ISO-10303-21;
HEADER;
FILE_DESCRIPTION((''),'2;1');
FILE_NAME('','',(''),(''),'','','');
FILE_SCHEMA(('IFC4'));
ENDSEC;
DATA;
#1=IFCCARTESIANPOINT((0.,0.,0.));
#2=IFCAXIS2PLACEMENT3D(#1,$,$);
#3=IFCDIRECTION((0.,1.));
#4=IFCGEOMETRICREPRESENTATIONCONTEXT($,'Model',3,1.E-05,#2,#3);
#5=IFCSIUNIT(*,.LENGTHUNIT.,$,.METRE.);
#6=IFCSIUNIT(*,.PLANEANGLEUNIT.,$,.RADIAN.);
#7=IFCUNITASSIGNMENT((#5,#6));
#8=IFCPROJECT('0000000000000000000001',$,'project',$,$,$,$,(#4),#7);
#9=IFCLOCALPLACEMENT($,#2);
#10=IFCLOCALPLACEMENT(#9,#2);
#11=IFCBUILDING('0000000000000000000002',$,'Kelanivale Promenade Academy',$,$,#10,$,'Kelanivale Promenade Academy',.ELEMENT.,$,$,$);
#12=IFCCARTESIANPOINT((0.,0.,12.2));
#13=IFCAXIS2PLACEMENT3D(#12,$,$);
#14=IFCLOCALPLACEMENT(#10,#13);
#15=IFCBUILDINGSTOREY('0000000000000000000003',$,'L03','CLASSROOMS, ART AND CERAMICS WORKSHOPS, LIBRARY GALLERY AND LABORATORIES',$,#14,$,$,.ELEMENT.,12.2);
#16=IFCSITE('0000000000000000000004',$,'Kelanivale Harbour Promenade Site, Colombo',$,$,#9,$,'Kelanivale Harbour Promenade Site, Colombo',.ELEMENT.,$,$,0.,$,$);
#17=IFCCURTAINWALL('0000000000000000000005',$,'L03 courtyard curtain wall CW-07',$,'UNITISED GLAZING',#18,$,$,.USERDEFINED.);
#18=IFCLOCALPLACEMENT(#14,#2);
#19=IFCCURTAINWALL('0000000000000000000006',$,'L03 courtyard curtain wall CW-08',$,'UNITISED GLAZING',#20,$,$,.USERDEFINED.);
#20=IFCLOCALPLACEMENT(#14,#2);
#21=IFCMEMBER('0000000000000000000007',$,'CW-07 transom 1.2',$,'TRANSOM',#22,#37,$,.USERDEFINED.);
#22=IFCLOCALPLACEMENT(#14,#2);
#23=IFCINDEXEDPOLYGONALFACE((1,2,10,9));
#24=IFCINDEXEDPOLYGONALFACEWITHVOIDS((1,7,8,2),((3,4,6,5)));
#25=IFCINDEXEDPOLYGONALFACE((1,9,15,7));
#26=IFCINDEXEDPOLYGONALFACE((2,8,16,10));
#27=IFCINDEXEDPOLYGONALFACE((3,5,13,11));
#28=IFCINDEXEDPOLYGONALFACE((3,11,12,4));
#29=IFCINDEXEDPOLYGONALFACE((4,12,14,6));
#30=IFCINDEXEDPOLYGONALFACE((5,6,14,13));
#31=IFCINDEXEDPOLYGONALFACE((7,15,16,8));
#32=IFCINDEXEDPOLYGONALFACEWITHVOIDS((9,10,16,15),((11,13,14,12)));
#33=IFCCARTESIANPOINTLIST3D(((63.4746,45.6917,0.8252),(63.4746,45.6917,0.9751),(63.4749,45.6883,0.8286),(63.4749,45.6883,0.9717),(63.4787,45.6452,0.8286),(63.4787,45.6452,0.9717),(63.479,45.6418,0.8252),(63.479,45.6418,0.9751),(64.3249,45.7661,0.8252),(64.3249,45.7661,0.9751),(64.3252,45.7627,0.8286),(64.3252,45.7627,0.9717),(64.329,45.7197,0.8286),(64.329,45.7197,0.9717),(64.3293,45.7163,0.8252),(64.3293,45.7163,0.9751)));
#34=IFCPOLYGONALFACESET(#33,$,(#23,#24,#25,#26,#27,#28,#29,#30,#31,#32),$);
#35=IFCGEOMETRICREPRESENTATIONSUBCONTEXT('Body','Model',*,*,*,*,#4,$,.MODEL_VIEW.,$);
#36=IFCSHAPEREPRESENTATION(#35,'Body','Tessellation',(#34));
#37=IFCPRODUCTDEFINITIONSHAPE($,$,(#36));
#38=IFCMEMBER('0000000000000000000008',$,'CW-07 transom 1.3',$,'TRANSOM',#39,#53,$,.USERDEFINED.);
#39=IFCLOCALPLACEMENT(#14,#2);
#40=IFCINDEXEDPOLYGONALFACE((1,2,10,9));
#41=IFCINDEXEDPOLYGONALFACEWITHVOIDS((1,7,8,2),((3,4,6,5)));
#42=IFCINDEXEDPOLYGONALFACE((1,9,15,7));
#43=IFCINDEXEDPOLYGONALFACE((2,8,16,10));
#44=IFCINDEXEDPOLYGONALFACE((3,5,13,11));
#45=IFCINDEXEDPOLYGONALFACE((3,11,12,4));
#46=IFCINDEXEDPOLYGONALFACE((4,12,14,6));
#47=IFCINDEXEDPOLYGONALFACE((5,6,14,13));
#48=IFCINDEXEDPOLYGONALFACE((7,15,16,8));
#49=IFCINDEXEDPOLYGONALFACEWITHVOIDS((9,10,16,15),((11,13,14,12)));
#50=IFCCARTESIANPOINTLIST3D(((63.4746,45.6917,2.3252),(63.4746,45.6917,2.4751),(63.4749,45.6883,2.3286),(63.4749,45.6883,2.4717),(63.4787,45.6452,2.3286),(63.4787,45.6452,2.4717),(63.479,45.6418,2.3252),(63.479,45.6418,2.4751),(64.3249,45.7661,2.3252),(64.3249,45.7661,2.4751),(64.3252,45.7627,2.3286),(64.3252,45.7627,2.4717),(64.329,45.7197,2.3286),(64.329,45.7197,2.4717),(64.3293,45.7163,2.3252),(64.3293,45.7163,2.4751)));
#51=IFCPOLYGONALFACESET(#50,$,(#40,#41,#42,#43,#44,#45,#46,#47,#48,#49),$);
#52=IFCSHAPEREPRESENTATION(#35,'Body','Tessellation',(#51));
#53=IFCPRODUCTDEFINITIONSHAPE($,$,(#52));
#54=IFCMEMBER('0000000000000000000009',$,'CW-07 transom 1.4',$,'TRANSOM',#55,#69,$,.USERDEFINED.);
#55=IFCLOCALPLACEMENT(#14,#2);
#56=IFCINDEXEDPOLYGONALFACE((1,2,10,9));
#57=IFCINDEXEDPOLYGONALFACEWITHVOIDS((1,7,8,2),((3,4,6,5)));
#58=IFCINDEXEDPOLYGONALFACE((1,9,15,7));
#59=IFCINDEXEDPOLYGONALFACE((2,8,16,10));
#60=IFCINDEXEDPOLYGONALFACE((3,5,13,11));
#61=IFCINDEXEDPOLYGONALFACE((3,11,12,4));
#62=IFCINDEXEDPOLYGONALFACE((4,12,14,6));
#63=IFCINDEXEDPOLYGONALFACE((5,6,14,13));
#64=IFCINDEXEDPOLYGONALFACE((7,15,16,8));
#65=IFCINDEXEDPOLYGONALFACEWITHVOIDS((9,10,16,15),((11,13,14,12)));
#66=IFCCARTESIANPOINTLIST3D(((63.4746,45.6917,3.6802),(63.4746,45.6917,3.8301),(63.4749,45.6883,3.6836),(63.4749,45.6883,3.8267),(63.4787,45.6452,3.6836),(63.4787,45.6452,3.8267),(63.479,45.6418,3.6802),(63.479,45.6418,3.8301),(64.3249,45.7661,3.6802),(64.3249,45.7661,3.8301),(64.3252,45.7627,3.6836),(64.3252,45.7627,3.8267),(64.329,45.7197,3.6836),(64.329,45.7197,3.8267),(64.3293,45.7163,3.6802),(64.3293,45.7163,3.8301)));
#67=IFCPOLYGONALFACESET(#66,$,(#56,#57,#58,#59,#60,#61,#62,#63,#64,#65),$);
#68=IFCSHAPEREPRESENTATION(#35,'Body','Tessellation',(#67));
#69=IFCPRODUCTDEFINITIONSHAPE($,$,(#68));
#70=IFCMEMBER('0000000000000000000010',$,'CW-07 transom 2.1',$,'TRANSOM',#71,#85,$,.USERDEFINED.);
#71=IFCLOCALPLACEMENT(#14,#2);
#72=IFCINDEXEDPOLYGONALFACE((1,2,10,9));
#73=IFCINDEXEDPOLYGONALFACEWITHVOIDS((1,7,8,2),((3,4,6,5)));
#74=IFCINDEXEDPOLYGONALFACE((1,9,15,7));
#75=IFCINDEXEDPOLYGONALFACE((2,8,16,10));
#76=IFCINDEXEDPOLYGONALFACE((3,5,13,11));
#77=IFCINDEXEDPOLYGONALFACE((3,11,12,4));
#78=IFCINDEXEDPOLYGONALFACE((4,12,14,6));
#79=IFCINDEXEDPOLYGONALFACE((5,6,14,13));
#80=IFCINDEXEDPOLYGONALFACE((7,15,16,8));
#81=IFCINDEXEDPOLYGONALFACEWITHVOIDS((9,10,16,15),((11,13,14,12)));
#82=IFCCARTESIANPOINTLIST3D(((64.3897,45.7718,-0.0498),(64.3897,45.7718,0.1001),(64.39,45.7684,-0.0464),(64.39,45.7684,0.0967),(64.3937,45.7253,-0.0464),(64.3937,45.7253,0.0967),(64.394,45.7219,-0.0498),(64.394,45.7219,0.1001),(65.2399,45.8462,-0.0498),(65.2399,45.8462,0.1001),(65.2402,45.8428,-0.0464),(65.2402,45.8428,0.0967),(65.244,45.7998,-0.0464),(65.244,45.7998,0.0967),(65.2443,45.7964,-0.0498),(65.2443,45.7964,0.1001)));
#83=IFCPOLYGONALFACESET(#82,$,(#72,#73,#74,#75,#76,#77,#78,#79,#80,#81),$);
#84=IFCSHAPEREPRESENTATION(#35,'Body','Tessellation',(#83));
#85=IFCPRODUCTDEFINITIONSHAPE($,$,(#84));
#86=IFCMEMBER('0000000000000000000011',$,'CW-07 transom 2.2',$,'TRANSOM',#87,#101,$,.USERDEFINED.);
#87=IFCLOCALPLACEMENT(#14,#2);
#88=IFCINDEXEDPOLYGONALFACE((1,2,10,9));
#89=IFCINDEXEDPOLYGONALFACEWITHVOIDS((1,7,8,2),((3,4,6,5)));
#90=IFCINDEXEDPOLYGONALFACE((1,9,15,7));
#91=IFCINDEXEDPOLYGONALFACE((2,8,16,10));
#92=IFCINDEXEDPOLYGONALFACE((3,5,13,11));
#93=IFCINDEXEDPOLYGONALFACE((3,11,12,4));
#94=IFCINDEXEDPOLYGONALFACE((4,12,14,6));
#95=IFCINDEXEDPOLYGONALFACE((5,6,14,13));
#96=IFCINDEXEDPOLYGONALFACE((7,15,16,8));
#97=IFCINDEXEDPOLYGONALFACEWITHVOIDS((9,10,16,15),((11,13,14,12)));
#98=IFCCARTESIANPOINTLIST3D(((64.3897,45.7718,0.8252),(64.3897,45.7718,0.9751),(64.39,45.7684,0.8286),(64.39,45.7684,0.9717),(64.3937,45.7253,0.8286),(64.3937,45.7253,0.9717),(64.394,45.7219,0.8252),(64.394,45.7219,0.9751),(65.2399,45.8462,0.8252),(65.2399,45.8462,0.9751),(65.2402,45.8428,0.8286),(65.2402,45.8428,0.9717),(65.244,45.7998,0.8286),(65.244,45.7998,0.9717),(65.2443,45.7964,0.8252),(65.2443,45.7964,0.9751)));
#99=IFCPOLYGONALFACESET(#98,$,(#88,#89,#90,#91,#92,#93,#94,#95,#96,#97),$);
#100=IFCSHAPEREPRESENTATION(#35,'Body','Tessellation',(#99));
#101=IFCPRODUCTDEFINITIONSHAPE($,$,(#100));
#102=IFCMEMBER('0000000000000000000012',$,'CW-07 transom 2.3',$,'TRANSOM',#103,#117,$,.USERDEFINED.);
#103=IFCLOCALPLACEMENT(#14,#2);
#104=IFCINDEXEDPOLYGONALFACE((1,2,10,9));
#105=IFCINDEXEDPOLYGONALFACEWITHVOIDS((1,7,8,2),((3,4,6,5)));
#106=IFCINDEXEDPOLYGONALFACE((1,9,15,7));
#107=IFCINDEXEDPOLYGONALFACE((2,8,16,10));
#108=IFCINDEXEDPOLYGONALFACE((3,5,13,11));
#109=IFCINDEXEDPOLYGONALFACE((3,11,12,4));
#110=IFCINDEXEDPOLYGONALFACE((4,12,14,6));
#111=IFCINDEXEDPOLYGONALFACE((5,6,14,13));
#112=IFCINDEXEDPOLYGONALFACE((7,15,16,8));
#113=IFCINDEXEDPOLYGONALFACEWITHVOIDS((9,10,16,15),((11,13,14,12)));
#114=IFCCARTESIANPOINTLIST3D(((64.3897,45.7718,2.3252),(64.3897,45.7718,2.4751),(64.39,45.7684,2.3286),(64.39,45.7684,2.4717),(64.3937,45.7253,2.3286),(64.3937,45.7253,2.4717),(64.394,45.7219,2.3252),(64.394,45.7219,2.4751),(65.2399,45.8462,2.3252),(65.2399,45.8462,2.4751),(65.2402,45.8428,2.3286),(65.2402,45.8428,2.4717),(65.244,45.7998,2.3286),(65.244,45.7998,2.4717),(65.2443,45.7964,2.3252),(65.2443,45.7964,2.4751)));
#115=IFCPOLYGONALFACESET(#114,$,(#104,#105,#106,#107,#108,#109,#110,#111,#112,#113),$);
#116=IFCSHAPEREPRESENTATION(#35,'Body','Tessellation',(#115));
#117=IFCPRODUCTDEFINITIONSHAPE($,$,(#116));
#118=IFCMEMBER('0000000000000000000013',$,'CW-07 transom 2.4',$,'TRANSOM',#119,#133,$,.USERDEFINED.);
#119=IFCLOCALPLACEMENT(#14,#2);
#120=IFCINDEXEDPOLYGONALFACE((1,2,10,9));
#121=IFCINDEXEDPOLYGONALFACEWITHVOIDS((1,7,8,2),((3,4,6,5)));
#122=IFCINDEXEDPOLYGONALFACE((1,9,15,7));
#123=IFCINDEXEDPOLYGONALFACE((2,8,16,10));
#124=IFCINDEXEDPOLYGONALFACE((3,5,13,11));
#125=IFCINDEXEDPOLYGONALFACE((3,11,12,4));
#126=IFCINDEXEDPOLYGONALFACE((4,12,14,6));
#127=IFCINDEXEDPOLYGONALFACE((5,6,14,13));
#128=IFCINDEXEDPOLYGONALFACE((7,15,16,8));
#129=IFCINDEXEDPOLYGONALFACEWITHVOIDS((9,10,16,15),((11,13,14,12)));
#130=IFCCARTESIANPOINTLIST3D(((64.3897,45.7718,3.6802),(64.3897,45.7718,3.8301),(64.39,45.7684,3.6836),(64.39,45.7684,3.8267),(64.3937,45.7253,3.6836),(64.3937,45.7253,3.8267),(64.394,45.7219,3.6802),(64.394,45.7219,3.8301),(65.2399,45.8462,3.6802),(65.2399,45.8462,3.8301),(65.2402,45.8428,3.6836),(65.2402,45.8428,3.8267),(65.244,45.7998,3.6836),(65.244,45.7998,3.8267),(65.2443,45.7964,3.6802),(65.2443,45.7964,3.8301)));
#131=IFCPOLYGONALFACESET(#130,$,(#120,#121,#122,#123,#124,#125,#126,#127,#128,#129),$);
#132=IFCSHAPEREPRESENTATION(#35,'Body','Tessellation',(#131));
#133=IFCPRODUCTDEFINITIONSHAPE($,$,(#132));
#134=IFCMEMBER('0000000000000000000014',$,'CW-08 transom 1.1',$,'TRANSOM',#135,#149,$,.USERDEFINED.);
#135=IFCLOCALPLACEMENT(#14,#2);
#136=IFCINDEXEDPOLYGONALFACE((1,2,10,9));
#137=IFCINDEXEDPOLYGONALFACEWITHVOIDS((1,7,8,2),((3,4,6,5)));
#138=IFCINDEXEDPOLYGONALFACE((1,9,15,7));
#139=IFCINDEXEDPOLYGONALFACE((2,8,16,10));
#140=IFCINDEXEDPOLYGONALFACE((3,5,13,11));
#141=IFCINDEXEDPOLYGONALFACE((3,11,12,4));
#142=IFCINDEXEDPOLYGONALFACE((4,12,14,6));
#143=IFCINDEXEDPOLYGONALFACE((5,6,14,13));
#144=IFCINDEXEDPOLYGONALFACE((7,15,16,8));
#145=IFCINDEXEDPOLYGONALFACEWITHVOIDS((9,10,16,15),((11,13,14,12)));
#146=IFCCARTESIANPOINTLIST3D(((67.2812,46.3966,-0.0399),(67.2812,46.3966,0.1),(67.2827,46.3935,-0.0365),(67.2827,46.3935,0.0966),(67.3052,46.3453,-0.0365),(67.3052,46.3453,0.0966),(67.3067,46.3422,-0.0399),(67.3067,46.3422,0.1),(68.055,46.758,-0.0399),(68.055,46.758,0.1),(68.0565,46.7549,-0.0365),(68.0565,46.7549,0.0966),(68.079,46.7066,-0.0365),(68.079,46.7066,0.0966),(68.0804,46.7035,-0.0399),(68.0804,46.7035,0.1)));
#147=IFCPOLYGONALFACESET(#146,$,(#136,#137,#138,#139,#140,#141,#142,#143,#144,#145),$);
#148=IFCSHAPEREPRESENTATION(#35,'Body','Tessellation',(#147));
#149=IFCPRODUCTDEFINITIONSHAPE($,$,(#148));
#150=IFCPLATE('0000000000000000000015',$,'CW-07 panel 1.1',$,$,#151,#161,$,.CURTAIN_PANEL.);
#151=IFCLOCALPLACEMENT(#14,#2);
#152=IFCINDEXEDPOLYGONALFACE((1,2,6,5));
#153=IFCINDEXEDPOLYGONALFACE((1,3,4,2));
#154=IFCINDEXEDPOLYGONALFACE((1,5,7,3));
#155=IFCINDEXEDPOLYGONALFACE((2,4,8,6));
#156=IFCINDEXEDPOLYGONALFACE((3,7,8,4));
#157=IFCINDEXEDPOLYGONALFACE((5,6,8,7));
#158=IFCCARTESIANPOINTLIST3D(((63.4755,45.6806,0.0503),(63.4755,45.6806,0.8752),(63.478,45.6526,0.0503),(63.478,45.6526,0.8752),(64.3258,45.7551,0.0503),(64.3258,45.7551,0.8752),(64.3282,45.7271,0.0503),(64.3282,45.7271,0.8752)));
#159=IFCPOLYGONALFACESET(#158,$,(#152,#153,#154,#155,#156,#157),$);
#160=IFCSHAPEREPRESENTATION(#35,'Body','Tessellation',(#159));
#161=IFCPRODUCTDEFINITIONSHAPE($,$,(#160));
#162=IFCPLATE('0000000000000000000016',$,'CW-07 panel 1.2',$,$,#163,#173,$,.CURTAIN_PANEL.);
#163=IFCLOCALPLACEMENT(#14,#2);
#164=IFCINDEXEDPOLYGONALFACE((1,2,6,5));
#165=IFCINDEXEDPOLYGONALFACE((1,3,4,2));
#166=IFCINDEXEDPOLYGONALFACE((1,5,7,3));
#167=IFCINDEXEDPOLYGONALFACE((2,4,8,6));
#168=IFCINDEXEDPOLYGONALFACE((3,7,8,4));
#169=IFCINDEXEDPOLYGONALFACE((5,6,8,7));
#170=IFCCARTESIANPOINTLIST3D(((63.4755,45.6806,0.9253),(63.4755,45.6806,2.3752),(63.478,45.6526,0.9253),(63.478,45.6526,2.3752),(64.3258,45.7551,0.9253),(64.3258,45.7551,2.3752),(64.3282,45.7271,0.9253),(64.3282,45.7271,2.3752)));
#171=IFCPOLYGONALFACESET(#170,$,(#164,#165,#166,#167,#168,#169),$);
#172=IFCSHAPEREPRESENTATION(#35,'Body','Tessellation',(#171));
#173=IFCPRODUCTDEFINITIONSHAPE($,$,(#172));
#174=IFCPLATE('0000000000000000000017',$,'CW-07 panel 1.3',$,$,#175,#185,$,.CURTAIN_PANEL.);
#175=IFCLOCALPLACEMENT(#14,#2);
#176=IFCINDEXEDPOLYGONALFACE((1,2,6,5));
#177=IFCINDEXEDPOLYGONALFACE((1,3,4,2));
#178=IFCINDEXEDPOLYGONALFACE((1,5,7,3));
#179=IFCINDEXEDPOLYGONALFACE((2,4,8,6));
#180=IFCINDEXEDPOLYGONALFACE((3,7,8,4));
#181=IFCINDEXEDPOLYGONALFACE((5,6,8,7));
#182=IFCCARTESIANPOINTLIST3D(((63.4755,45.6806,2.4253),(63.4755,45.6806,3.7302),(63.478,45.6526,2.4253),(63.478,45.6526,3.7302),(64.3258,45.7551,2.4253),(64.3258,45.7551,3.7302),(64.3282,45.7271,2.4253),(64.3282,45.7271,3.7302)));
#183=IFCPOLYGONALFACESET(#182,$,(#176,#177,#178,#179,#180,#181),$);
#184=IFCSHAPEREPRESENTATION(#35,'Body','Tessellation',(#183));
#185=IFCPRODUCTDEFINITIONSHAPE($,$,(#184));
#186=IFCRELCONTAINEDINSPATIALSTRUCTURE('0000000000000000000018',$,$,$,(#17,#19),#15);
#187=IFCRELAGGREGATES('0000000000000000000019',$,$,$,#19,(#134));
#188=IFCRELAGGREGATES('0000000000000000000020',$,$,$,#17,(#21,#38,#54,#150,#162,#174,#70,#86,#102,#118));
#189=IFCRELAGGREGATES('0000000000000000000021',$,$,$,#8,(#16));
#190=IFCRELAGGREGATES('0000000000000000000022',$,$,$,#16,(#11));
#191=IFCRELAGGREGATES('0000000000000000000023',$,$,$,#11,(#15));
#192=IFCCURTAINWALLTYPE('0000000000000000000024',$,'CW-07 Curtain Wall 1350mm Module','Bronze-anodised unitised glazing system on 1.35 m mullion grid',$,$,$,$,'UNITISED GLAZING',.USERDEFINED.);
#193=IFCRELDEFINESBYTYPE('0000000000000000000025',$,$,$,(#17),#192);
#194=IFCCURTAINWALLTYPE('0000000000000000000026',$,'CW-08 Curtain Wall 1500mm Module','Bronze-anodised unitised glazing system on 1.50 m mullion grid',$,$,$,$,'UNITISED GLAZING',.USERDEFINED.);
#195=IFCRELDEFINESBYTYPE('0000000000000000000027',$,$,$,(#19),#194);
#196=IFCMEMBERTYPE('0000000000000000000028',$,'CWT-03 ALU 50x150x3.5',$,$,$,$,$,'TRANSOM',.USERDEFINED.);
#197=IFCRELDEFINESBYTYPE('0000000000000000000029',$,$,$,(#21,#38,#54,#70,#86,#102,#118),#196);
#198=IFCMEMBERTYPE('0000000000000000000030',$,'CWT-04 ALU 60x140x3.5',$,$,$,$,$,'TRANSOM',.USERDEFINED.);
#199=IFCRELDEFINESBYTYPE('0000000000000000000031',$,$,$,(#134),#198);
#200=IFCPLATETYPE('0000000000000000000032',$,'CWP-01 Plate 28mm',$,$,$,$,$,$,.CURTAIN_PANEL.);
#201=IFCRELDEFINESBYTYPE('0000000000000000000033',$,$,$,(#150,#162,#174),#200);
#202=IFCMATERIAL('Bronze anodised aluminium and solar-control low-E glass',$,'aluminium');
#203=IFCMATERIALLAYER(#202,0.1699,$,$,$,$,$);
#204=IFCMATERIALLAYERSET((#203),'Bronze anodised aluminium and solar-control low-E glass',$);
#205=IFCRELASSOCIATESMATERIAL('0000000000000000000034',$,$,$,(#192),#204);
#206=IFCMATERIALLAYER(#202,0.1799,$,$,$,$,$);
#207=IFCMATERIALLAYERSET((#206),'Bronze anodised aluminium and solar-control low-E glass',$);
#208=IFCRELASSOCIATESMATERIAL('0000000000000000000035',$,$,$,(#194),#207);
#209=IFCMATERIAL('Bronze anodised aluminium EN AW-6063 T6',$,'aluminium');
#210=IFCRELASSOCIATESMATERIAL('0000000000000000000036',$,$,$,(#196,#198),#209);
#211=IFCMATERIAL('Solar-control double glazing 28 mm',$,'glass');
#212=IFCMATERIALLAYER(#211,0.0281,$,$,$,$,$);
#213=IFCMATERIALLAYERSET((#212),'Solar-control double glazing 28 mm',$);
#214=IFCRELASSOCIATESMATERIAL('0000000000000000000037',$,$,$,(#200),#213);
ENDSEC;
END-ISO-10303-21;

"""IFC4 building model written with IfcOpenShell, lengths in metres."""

from ifc_helpers import new_model, si_unit, direction, frame, origin, origin_2d, place, context, subcontext, project, spatial, rectangle, hollow_rectangle, extrude, material, layer, layer_set, material_profile, profile_set, type_object, element, aggregate, save


model = new_model("IFC4")

# Units and contexts
model_context = context("Model", 3, precision=1e-05, world=origin(), true_north=direction((0.0, 1.0)))
body_context = subcontext(model_context, "Body", "Model", "MODEL_VIEW")
ifc_project = project(units=[si_unit("LENGTHUNIT", "METRE"), si_unit("PLANEANGLEUNIT", "RADIAN")], contexts=[model_context])

# Site, building, storey
site_placement = place(None, origin())
site = spatial("IfcSite", under=ifc_project, at=site_placement, Name="Kelanivale Harbour Promenade Site, Colombo", LongName="Kelanivale Harbour Promenade Site, Colombo", CompositionType="ELEMENT", RefElevation=0.0)
building_placement = place(site_placement, origin())
building = spatial("IfcBuilding", under=site, at=building_placement, Name="Kelanivale Promenade Academy", LongName="Kelanivale Promenade Academy", CompositionType="ELEMENT")
storey_placement = place(building_placement, frame((0.0, 0.0, 12.2)))
storey = spatial("IfcBuildingStorey", under=building, at=storey_placement, Name="L03", Description="CLASSROOMS, ART AND CERAMICS WORKSHOPS, LIBRARY GALLERY AND LABORATORIES", CompositionType="ELEMENT", Elevation=12.2)

# Shared definitions
ifc_material_1 = material(Name="Bronze anodised aluminium and solar-control low-E glass", Category="aluminium")
ifc_material_2 = material(Name="Bronze anodised aluminium EN AW-6063 T6", Category="aluminium")

# Curtain wall
ifc_layer_1 = layer(ifc_material_1, 0.1699)
ifc_layer_set_1 = layer_set([ifc_layer_1], Name="Bronze anodised aluminium and solar-control low-E glass")
curtain_wall_type_1 = type_object("IfcCurtainWallType", Name="CW-07 Curtain Wall 1350mm Module", Description="Bronze-anodised unitised glazing system on 1.35 m mullion grid", ElementType="UNITISED GLAZING", PredefinedType="USERDEFINED", material=ifc_layer_set_1)
curtain_wall_1_placement = place(storey_placement, origin())
curtain_wall_1 = element("IfcCurtainWall", 1, at=curtain_wall_1_placement, inside=storey, type_object=curtain_wall_type_1, Name="L03 courtyard curtain wall CW-07", ObjectType="UNITISED GLAZING", PredefinedType="USERDEFINED")

# Curtain wall
ifc_layer_2 = layer(ifc_material_1, 0.1799)
ifc_layer_set_2 = layer_set([ifc_layer_2], Name="Bronze anodised aluminium and solar-control low-E glass")
curtain_wall_type_2 = type_object("IfcCurtainWallType", Name="CW-08 Curtain Wall 1500mm Module", Description="Bronze-anodised unitised glazing system on 1.50 m mullion grid", ElementType="UNITISED GLAZING", PredefinedType="USERDEFINED", material=ifc_layer_set_2)
curtain_wall_2_placement = place(storey_placement, origin())
curtain_wall_2 = element("IfcCurtainWall", 2, at=curtain_wall_2_placement, inside=storey, type_object=curtain_wall_type_2, Name="L03 courtyard curtain wall CW-08", ObjectType="UNITISED GLAZING", PredefinedType="USERDEFINED")

# Members
ifc_material_profile_1 = material_profile(ifc_material_2, hollow_rectangle(XDim=0.05, YDim=0.1499, WallThickness=0.0034, at=origin_2d()), Name="ALU 50x150x3.5")
ifc_profile_set_1 = profile_set([ifc_material_profile_1], Name="Bronze anodised aluminium EN AW-6063 T6")
member_type_1 = type_object("IfcMemberType", Name="CWT-03 ALU 50x150x3.5", ElementType="TRANSOM", PredefinedType="USERDEFINED", material=ifc_profile_set_1)
member_1_placement = place(storey_placement, frame((63.4768, 45.6667, 0.9001), z_axis=(0.996188, 0.087234, 0.0), x_axis=(-0.087234, 0.996188, 0.0)))
member_1 = element("IfcMember", 3, at=member_1_placement, type_object=member_type_1, Name="CW-07 transom 1.2", ObjectType="TRANSOM", PredefinedType="USERDEFINED", context=body_context, shape_type="SweptSolid", body=[
    extrude(hollow_rectangle(XDim=0.05, YDim=0.1499, WallThickness=0.0034, at=origin_2d()), origin(), (0.0, 0.0, 1.0), 0.8535),
])
member_2_placement = place(storey_placement, frame((63.4768, 45.6667, 2.4001), z_axis=(0.996188, 0.087234, 0.0), x_axis=(-0.087234, 0.996188, 0.0)))
member_2 = element("IfcMember", 4, at=member_2_placement, type_object=member_type_1, Name="CW-07 transom 1.3", ObjectType="TRANSOM", PredefinedType="USERDEFINED", context=body_context, shape_type="SweptSolid", body=[
    extrude(hollow_rectangle(XDim=0.05, YDim=0.1499, WallThickness=0.0034, at=origin_2d()), origin(), (0.0, 0.0, 1.0), 0.8535),
])
member_3_placement = place(storey_placement, frame((63.4768, 45.6667, 3.7551), z_axis=(0.996188, 0.087234, 0.0), x_axis=(-0.087234, 0.996188, 0.0)))
member_3 = element("IfcMember", 5, at=member_3_placement, type_object=member_type_1, Name="CW-07 transom 1.4", ObjectType="TRANSOM", PredefinedType="USERDEFINED", context=body_context, shape_type="SweptSolid", body=[
    extrude(hollow_rectangle(XDim=0.05, YDim=0.1499, WallThickness=0.0034, at=origin_2d()), origin(), (0.0, 0.0, 1.0), 0.8535),
])
member_4_placement = place(storey_placement, frame((64.3918, 45.7468, 0.0251), z_axis=(0.996188, 0.087234, 0.0), x_axis=(-0.087234, 0.996188, 0.0)))
member_4 = element("IfcMember", 6, at=member_4_placement, type_object=member_type_1, Name="CW-07 transom 2.1", ObjectType="TRANSOM", PredefinedType="USERDEFINED", context=body_context, shape_type="SweptSolid", body=[
    extrude(hollow_rectangle(XDim=0.05, YDim=0.1499, WallThickness=0.0034, at=origin_2d()), origin(), (0.0, 0.0, 1.0), 0.8535),
])
member_5_placement = place(storey_placement, frame((64.3918, 45.7468, 0.9001), z_axis=(0.996188, 0.087234, 0.0), x_axis=(-0.087234, 0.996188, 0.0)))
member_5 = element("IfcMember", 7, at=member_5_placement, type_object=member_type_1, Name="CW-07 transom 2.2", ObjectType="TRANSOM", PredefinedType="USERDEFINED", context=body_context, shape_type="SweptSolid", body=[
    extrude(hollow_rectangle(XDim=0.05, YDim=0.1499, WallThickness=0.0034, at=origin_2d()), origin(), (0.0, 0.0, 1.0), 0.8535),
])
member_6_placement = place(storey_placement, frame((64.3918, 45.7468, 2.4001), z_axis=(0.996188, 0.087234, 0.0), x_axis=(-0.087234, 0.996188, 0.0)))
member_6 = element("IfcMember", 8, at=member_6_placement, type_object=member_type_1, Name="CW-07 transom 2.3", ObjectType="TRANSOM", PredefinedType="USERDEFINED", context=body_context, shape_type="SweptSolid", body=[
    extrude(hollow_rectangle(XDim=0.05, YDim=0.1499, WallThickness=0.0034, at=origin_2d()), origin(), (0.0, 0.0, 1.0), 0.8535),
])
member_7_placement = place(storey_placement, frame((64.3918, 45.7468, 3.7551), z_axis=(0.996188, 0.087234, 0.0), x_axis=(-0.087234, 0.996188, 0.0)))
member_7 = element("IfcMember", 9, at=member_7_placement, type_object=member_type_1, Name="CW-07 transom 2.4", ObjectType="TRANSOM", PredefinedType="USERDEFINED", context=body_context, shape_type="SweptSolid", body=[
    extrude(hollow_rectangle(XDim=0.05, YDim=0.1499, WallThickness=0.0034, at=origin_2d()), origin(), (0.0, 0.0, 1.0), 0.8535),
])
ifc_material_profile_2 = material_profile(ifc_material_2, hollow_rectangle(XDim=0.0601, YDim=0.1399, WallThickness=0.0034, at=origin_2d()), Name="ALU 60x140x3.5")
ifc_profile_set_2 = profile_set([ifc_material_profile_2], Name="Bronze anodised aluminium EN AW-6063 T6")
member_type_2 = type_object("IfcMemberType", Name="CWT-04 ALU 60x140x3.5", ElementType="TRANSOM", PredefinedType="USERDEFINED", material=ifc_profile_set_2)
member_8_placement = place(storey_placement, frame((67.2939, 46.3694, 0.03), z_axis=(0.906059, 0.423152, 0.0), x_axis=(-0.423152, 0.906059, 0.0)))
member_8 = element("IfcMember", 10, at=member_8_placement, type_object=member_type_2, Name="CW-08 transom 1.1", ObjectType="TRANSOM", PredefinedType="USERDEFINED", context=body_context, shape_type="SweptSolid", body=[
    extrude(hollow_rectangle(XDim=0.0601, YDim=0.1399, WallThickness=0.0034, at=origin_2d()), origin(), (0.0, 0.0, 1.0), 0.854),
])
aggregate(curtain_wall_2, [member_8])

# Plates
ifc_material_3 = material(Name="Solar-control double glazing 28 mm", Category="glass")
ifc_layer_3 = layer(ifc_material_3, 0.0281)
ifc_layer_set_3 = layer_set([ifc_layer_3], Name="Solar-control double glazing 28 mm")
plate_type = type_object("IfcPlateType", Name="CWP-01 Plate 28mm", PredefinedType="CURTAIN_PANEL", material=ifc_layer_set_3)
plate_1_placement = place(storey_placement, frame((63.9019, 45.7039, 0.0503), z_axis=(0.0, 0.0, 1.0), x_axis=(0.996185, 0.087265, 0.0)))
plate_1 = element("IfcPlate", 11, at=plate_1_placement, type_object=plate_type, Name="CW-07 panel 1.1", PredefinedType="CURTAIN_PANEL", context=body_context, shape_type="SweptSolid", body=[
    extrude(rectangle(XDim=0.8535, YDim=0.0281, at=origin_2d()), origin(), (0.0, 0.0, 1.0), 0.825),
])
plate_2_placement = place(storey_placement, frame((63.9019, 45.7039, 0.9253), z_axis=(0.0, 0.0, 1.0), x_axis=(0.996185, 0.087265, 0.0)))
plate_2 = element("IfcPlate", 12, at=plate_2_placement, type_object=plate_type, Name="CW-07 panel 1.2", PredefinedType="CURTAIN_PANEL", context=body_context, shape_type="SweptSolid", body=[
    extrude(rectangle(XDim=0.8535, YDim=0.0281, at=origin_2d()), origin(), (0.0, 0.0, 1.0), 1.45),
])
plate_3_placement = place(storey_placement, frame((63.9019, 45.7039, 2.4253), z_axis=(0.0, 0.0, 1.0), x_axis=(0.996185, 0.087265, 0.0)))
plate_3 = element("IfcPlate", 13, at=plate_3_placement, type_object=plate_type, Name="CW-07 panel 1.3", PredefinedType="CURTAIN_PANEL", context=body_context, shape_type="SweptSolid", body=[
    extrude(rectangle(XDim=0.8535, YDim=0.0281, at=origin_2d()), origin(), (0.0, 0.0, 1.0), 1.3049),
])
aggregate(curtain_wall_1, [member_1, member_2, member_3, plate_1, plate_2, plate_3, member_4, member_5, member_6, member_7])

save(model, "model.ifc")
